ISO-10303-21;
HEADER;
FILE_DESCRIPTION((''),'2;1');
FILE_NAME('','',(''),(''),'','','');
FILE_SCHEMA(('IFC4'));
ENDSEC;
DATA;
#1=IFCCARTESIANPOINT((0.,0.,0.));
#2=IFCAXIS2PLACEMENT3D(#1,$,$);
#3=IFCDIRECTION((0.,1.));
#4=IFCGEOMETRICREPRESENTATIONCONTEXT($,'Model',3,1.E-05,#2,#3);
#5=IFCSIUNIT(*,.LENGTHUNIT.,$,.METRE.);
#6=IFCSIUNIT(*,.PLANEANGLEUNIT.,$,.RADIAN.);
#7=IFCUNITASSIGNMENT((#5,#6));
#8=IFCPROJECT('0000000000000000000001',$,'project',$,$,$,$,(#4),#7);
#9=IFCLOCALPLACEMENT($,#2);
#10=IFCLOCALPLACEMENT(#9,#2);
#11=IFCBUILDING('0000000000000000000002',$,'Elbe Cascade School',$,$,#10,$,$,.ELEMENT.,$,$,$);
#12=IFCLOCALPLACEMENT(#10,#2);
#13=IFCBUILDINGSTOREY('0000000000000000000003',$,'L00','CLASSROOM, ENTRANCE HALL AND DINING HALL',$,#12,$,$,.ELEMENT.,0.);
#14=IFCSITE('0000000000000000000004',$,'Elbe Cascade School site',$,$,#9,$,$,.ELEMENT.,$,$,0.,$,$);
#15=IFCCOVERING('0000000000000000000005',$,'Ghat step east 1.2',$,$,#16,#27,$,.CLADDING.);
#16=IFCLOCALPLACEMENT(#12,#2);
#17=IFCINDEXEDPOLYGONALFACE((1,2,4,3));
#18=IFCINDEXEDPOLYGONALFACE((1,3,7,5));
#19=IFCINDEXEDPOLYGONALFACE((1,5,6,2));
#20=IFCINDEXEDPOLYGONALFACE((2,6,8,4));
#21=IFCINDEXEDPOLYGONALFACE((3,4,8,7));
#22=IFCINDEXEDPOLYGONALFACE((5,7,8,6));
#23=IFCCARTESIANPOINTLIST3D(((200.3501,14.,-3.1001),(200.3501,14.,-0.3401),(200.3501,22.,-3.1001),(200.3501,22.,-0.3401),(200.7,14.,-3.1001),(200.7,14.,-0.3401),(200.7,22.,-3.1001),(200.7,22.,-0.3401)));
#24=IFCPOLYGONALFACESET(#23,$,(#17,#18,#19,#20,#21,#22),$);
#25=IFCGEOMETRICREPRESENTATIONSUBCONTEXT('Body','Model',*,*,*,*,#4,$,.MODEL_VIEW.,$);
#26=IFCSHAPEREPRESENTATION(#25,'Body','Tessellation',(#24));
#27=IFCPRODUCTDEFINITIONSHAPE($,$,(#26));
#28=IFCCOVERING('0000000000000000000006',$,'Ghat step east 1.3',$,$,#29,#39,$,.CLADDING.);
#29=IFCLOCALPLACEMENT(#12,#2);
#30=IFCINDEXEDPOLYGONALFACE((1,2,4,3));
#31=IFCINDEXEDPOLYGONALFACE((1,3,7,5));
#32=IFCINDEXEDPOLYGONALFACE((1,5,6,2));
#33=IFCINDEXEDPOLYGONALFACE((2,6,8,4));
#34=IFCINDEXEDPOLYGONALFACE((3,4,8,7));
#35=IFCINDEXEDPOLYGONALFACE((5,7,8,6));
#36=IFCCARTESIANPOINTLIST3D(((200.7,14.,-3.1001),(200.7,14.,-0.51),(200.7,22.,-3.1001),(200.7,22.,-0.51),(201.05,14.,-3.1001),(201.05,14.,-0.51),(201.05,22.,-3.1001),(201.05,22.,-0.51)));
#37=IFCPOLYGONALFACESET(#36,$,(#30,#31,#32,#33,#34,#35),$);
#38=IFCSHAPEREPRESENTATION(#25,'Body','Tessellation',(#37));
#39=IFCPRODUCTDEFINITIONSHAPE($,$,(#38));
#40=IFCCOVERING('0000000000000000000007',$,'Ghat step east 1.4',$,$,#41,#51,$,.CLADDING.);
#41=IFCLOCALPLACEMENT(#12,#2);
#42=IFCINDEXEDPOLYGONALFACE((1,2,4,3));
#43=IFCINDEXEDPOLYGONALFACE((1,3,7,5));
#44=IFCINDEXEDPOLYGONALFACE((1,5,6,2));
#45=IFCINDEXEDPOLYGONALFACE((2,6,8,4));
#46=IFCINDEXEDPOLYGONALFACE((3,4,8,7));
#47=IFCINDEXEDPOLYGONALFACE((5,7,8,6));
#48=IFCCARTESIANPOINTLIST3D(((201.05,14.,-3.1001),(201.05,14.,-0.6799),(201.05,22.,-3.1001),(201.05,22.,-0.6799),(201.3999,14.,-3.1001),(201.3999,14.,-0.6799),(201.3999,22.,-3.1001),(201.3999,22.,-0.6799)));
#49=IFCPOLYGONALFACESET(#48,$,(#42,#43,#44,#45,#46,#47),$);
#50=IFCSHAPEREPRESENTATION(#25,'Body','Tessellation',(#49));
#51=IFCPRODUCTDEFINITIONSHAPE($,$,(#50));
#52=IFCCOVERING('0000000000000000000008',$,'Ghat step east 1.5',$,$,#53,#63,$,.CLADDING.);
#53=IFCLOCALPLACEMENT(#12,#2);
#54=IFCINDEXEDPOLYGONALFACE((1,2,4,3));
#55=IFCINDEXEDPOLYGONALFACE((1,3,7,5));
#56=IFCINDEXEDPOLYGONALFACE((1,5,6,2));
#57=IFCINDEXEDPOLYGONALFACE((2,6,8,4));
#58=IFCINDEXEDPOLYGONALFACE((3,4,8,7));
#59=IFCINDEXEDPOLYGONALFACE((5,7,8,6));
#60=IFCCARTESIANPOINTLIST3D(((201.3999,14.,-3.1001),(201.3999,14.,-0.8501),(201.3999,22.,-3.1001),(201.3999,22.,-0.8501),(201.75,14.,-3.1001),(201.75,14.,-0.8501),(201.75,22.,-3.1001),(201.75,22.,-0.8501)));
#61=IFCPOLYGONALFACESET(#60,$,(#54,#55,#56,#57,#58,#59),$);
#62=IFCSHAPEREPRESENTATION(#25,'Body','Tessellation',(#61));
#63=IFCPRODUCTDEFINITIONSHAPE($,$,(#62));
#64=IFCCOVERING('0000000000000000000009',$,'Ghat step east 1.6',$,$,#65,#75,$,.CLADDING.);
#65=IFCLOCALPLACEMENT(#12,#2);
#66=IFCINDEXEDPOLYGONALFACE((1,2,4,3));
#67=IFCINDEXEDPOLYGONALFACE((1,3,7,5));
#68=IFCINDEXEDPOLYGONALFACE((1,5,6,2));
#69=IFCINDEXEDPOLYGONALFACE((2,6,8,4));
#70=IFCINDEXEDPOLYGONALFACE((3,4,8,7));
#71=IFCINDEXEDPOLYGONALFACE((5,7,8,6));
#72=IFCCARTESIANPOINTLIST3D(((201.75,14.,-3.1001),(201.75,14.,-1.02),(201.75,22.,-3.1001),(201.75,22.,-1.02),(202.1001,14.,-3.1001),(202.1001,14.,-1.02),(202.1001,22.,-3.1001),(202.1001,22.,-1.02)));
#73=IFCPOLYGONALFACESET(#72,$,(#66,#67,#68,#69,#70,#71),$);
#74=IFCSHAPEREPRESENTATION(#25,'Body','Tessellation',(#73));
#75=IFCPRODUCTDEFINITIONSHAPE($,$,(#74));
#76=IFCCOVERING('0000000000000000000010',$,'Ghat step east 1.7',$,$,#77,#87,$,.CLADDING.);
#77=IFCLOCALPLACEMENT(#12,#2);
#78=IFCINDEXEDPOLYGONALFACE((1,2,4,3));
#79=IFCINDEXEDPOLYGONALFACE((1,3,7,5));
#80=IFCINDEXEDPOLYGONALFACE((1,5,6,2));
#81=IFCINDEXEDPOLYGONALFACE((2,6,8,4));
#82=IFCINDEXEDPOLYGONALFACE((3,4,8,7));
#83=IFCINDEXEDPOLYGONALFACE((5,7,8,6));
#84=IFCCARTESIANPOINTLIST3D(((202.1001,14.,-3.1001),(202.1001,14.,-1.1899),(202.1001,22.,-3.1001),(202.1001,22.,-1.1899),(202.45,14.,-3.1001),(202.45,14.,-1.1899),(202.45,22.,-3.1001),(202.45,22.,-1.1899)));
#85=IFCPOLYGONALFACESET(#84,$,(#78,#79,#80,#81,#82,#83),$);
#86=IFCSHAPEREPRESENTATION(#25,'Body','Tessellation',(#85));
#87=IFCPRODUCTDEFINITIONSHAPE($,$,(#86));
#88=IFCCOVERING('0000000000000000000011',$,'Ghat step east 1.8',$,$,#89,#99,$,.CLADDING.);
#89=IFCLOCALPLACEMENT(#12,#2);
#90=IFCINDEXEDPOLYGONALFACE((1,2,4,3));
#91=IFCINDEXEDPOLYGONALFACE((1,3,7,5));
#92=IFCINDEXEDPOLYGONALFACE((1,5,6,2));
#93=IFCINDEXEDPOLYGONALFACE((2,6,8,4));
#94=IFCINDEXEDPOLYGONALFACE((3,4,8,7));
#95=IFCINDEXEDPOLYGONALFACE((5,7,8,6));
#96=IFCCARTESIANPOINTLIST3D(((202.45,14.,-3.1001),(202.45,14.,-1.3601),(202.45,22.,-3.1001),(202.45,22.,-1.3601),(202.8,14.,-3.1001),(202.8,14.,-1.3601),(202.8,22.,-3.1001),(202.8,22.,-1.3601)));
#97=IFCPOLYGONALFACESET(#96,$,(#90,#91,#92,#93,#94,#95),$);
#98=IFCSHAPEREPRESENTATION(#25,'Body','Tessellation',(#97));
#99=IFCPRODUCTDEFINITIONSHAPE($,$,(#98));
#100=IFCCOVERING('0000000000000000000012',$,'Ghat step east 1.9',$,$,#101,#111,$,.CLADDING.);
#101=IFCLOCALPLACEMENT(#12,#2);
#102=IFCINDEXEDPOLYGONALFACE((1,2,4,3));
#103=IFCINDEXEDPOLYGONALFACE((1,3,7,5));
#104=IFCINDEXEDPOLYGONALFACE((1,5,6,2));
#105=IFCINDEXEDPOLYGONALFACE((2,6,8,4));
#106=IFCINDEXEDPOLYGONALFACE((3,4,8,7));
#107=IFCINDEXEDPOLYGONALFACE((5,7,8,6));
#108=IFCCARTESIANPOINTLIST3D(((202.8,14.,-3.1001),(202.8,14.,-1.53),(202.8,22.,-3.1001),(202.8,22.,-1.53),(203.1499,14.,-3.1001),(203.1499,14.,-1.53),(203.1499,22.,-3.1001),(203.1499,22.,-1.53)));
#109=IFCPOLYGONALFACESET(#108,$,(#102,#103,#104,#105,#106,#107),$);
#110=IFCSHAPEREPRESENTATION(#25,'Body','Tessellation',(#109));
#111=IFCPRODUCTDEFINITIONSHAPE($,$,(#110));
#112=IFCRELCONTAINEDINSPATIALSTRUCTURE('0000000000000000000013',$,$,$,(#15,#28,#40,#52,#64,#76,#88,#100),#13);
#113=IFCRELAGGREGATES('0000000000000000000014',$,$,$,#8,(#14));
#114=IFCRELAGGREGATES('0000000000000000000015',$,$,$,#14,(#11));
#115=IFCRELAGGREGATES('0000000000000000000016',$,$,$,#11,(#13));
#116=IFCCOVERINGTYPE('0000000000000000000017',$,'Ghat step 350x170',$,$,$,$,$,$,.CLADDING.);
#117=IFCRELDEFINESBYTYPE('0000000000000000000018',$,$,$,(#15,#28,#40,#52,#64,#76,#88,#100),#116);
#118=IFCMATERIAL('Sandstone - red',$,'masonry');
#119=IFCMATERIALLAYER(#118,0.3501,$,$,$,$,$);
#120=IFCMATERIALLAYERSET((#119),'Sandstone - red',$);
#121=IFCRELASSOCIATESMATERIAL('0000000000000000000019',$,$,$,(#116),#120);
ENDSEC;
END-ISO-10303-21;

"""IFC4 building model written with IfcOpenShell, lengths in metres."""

from ifc_helpers import new_model, si_unit, direction, frame, origin, place, context, subcontext, project, spatial, polyline, outline, extrude, material, layer, layer_set, type_object, element, save


model = new_model("IFC4")

# Units and contexts
model_context = context("Model", 3, precision=1e-05, world=origin(), true_north=direction((0.0, 1.0)))
body_context = subcontext(model_context, "Body", "Model", "MODEL_VIEW")
ifc_project = project(units=[si_unit("LENGTHUNIT", "METRE"), si_unit("PLANEANGLEUNIT", "RADIAN")], contexts=[model_context])

# Site, building, storey
site_placement = place(None, origin())
site = spatial("IfcSite", under=ifc_project, at=site_placement, Name="Elbe Cascade School site", CompositionType="ELEMENT", RefElevation=0.0)
building_placement = place(site_placement, origin())
building = spatial("IfcBuilding", under=site, at=building_placement, Name="Elbe Cascade School", CompositionType="ELEMENT")
storey_placement = place(building_placement, origin())
storey = spatial("IfcBuildingStorey", under=building, at=storey_placement, Name="L00", Description="CLASSROOM, ENTRANCE HALL AND DINING HALL", CompositionType="ELEMENT", Elevation=0.0)

# Coverings
ifc_material = material(Name="Sandstone - red", Category="masonry")
ifc_layer = layer(ifc_material, 0.3501)
ifc_layer_set = layer_set([ifc_layer], Name="Sandstone - red")
covering_type = type_object("IfcCoveringType", Name="Ghat step 350x170", PredefinedType="CLADDING", material=ifc_layer_set)
covering_1_placement = place(storey_placement, frame((0.0, 0.0, -3.1001)))
element("IfcCovering", 1, at=covering_1_placement, inside=storey, type_object=covering_type, Name="Ghat step east 1.2", PredefinedType="CLADDING", context=body_context, shape_type="SweptSolid", body=[
    extrude(outline(polyline([(200.3501, 14.0), (200.7, 14.0), (200.7, 22.0), (200.3501, 22.0), (200.3501, 14.0)])), origin(), (0.0, 0.0, 1.0), 2.76),
])
covering_2_placement = place(storey_placement, frame((0.0, 0.0, -3.1001)))
element("IfcCovering", 2, at=covering_2_placement, inside=storey, type_object=covering_type, Name="Ghat step east 1.3", PredefinedType="CLADDING", context=body_context, shape_type="SweptSolid", body=[
    extrude(outline(polyline([(200.7, 14.0), (201.05, 14.0), (201.05, 22.0), (200.7, 22.0), (200.7, 14.0)])), origin(), (0.0, 0.0, 1.0), 2.5901),
])
covering_3_placement = place(storey_placement, frame((0.0, 0.0, -3.1001)))
element("IfcCovering", 3, at=covering_3_placement, inside=storey, type_object=covering_type, Name="Ghat step east 1.4", PredefinedType="CLADDING", context=body_context, shape_type="SweptSolid", body=[
    extrude(outline(polyline([(201.05, 14.0), (201.3999, 14.0), (201.3999, 22.0), (201.05, 22.0), (201.05, 14.0)])), origin(), (0.0, 0.0, 1.0), 2.4202),
])
covering_4_placement = place(storey_placement, frame((0.0, 0.0, -3.1001)))
element("IfcCovering", 4, at=covering_4_placement, inside=storey, type_object=covering_type, Name="Ghat step east 1.5", PredefinedType="CLADDING", context=body_context, shape_type="SweptSolid", body=[
    extrude(outline(polyline([(201.3999, 14.0), (201.75, 14.0), (201.75, 22.0), (201.3999, 22.0), (201.3999, 14.0)])), origin(), (0.0, 0.0, 1.0), 2.25),
])
covering_5_placement = place(storey_placement, frame((0.0, 0.0, -3.1001)))
element("IfcCovering", 5, at=covering_5_placement, inside=storey, type_object=covering_type, Name="Ghat step east 1.6", PredefinedType="CLADDING", context=body_context, shape_type="SweptSolid", body=[
    extrude(outline(polyline([(201.75, 14.0), (202.1001, 14.0), (202.1001, 22.0), (201.75, 22.0), (201.75, 14.0)])), origin(), (0.0, 0.0, 1.0), 2.0801),
])
covering_6_placement = place(storey_placement, frame((0.0, 0.0, -3.1001)))
element("IfcCovering", 6, at=covering_6_placement, inside=storey, type_object=covering_type, Name="Ghat step east 1.7", PredefinedType="CLADDING", context=body_context, shape_type="SweptSolid", body=[
    extrude(outline(polyline([(202.1001, 14.0), (202.45, 14.0), (202.45, 22.0), (202.1001, 22.0), (202.1001, 14.0)])), origin(), (0.0, 0.0, 1.0), 1.9102),
])
covering_7_placement = place(storey_placement, frame((0.0, 0.0, -3.1001)))
element("IfcCovering", 7, at=covering_7_placement, inside=storey, type_object=covering_type, Name="Ghat step east 1.8", PredefinedType="CLADDING", context=body_context, shape_type="SweptSolid", body=[
    extrude(outline(polyline([(202.45, 14.0), (202.8, 14.0), (202.8, 22.0), (202.45, 22.0), (202.45, 14.0)])), origin(), (0.0, 0.0, 1.0), 1.74),
])
covering_8_placement = place(storey_placement, frame((0.0, 0.0, -3.1001)))
element("IfcCovering", 8, at=covering_8_placement, inside=storey, type_object=covering_type, Name="Ghat step east 1.9", PredefinedType="CLADDING", context=body_context, shape_type="SweptSolid", body=[
    extrude(outline(polyline([(202.8, 14.0), (203.1499, 14.0), (203.1499, 22.0), (202.8, 22.0), (202.8, 14.0)])), origin(), (0.0, 0.0, 1.0), 1.5701),
])

save(model, "model.ifc")
